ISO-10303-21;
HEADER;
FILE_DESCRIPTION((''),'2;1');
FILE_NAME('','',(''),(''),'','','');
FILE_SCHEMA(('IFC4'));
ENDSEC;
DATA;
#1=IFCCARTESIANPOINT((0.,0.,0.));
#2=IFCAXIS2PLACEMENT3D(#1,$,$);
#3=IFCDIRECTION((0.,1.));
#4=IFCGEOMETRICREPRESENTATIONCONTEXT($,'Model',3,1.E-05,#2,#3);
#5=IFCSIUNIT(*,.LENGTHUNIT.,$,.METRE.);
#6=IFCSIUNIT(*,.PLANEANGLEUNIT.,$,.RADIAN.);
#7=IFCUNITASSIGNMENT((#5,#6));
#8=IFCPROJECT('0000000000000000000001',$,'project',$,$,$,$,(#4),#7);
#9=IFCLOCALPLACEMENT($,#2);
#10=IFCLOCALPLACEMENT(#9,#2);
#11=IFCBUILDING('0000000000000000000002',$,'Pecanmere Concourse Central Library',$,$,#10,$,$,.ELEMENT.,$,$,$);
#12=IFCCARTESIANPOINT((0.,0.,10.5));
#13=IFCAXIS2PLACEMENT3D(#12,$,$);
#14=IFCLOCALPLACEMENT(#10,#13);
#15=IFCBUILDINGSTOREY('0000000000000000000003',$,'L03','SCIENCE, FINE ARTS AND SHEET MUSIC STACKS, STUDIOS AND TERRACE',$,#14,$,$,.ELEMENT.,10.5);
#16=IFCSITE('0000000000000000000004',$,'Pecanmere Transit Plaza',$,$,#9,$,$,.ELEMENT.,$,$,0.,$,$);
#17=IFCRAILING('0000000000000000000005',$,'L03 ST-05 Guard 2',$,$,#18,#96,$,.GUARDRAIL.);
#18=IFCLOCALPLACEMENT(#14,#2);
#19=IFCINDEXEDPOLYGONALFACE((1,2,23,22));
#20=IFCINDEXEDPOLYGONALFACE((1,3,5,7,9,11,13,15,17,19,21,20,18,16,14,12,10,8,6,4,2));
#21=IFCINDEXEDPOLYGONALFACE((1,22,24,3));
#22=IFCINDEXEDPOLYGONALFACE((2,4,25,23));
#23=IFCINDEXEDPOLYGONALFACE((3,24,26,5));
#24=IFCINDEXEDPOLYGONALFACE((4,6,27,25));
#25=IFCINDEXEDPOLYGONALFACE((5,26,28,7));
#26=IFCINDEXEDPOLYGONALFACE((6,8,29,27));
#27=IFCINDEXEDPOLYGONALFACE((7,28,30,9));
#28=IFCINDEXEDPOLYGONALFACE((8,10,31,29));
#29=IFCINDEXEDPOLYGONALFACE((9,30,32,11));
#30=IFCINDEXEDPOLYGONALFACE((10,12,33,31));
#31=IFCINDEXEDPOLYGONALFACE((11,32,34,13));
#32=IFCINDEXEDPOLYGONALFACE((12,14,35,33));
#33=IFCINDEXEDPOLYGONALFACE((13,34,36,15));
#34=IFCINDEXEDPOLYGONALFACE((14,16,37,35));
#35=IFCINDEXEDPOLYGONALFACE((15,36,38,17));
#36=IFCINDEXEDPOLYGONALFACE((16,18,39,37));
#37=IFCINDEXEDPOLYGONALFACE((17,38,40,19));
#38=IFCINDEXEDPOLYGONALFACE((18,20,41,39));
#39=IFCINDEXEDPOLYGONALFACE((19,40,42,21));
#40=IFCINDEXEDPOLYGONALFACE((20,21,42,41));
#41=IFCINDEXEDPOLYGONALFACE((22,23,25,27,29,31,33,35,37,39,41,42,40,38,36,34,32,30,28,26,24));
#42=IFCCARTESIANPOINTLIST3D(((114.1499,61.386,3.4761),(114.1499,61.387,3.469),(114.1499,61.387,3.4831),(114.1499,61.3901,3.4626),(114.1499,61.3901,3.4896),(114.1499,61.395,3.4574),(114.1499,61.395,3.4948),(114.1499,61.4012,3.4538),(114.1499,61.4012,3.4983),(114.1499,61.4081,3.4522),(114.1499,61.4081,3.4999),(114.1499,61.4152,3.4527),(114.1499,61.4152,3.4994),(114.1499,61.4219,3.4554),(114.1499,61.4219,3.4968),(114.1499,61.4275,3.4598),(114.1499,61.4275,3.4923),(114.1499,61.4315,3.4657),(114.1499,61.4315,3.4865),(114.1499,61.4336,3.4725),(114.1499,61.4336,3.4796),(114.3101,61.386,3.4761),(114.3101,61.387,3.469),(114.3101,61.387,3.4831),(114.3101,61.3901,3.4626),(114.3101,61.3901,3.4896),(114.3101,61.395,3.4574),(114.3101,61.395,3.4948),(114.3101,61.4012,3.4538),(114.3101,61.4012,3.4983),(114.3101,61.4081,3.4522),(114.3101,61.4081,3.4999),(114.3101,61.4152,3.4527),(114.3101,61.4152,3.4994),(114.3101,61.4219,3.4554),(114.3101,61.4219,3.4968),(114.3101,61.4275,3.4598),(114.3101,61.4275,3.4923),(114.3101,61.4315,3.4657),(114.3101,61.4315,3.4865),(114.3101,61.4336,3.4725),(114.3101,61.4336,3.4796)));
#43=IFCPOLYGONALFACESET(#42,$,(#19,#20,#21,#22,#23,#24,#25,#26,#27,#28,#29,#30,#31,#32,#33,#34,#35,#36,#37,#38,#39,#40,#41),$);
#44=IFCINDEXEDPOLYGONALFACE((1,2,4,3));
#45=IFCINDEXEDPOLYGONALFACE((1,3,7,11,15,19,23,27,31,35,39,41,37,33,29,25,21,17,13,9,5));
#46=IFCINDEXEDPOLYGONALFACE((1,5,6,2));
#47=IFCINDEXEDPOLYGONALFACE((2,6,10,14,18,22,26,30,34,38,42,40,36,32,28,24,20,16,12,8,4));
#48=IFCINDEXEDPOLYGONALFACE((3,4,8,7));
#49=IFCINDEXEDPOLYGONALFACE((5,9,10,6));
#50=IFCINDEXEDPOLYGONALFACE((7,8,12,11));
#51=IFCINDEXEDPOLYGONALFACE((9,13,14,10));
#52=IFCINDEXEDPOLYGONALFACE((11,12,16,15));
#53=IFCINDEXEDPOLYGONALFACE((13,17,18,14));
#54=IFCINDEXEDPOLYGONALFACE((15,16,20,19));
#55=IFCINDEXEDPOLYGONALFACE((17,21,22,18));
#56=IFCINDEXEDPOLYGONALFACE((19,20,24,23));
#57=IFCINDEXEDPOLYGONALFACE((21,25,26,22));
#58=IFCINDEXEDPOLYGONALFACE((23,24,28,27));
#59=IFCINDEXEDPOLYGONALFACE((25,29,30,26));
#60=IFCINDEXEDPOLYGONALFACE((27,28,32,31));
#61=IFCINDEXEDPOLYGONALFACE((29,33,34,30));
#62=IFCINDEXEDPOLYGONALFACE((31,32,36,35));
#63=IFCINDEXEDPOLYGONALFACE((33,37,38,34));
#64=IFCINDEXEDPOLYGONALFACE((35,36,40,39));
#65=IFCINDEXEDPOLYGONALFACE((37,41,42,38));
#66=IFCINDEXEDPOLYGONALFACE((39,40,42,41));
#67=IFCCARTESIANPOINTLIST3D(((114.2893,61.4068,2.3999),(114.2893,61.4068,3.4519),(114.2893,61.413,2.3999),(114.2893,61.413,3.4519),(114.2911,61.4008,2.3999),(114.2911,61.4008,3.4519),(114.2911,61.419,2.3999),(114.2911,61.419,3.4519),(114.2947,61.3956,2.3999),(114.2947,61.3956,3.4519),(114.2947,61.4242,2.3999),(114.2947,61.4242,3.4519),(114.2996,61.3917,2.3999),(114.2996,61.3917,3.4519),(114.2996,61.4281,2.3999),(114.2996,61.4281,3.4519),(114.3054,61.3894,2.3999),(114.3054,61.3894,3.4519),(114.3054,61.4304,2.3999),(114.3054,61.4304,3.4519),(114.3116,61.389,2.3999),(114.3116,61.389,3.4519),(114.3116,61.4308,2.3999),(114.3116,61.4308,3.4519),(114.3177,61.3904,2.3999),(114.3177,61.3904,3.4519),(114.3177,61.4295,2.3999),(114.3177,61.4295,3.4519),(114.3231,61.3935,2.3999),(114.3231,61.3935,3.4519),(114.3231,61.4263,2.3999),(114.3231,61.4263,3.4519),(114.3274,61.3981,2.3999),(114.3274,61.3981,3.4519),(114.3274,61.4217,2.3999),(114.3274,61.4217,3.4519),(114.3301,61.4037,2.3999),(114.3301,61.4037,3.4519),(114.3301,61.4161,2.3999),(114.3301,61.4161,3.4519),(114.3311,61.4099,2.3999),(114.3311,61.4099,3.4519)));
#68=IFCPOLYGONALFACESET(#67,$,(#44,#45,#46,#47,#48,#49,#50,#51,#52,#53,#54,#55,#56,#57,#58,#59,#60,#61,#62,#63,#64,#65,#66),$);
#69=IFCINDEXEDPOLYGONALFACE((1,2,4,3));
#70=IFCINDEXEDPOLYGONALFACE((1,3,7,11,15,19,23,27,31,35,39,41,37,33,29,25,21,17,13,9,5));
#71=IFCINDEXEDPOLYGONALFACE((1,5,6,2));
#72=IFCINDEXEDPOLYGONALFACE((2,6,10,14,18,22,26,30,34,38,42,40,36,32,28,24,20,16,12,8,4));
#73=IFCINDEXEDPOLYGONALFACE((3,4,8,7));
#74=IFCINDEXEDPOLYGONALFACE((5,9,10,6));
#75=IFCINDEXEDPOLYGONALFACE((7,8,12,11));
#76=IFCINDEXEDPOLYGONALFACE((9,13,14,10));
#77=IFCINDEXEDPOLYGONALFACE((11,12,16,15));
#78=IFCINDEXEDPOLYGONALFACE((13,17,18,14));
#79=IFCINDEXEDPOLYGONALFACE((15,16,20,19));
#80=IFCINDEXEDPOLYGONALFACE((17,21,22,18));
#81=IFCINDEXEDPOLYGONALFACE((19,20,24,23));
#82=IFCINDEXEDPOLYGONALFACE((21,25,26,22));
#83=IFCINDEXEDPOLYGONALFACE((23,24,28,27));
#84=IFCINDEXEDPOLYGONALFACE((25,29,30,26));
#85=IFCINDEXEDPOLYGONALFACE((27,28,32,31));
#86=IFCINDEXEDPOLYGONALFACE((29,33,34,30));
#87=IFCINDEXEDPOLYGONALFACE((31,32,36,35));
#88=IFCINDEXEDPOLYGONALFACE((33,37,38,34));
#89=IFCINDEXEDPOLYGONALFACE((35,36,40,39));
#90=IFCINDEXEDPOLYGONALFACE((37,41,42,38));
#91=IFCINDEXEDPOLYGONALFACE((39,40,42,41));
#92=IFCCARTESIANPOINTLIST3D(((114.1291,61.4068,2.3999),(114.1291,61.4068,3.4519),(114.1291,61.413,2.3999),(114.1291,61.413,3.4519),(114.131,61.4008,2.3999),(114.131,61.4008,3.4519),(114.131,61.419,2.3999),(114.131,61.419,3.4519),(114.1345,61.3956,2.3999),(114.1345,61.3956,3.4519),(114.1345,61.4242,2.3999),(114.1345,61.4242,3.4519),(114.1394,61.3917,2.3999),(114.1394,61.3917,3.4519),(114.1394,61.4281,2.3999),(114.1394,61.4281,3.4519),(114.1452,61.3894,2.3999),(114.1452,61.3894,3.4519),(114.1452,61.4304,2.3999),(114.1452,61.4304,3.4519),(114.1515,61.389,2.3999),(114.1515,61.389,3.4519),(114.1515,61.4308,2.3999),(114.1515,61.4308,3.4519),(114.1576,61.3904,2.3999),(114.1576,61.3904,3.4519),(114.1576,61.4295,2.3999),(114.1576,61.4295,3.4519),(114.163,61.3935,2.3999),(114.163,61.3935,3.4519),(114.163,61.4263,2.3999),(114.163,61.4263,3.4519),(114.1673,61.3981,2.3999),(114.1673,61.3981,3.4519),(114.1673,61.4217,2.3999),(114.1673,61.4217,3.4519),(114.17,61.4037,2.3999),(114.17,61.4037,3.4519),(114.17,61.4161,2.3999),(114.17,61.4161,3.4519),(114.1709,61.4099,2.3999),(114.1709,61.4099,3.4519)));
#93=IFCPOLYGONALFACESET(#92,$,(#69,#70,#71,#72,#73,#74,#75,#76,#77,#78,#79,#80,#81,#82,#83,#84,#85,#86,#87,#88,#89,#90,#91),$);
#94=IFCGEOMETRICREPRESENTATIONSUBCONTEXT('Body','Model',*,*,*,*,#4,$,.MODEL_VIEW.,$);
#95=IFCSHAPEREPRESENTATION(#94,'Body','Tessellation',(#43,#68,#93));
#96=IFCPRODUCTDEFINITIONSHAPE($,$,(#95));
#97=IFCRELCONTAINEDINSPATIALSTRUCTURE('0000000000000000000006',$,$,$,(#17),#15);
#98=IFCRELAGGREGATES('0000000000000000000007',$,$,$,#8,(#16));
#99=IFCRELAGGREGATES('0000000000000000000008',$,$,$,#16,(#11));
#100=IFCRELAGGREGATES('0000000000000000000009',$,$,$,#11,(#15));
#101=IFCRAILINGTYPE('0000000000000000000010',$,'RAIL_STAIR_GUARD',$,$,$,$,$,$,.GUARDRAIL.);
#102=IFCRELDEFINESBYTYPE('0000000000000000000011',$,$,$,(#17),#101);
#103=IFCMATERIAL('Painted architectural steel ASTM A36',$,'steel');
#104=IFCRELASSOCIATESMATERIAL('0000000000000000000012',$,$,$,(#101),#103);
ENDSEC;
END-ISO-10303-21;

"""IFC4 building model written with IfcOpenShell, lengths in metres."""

from ifc_helpers import new_model, si_unit, direction, frame, origin, origin_2d, place, context, subcontext, project, spatial, circle, extrude, material, type_object, element, save


model = new_model("IFC4")

# Units and contexts
model_context = context("Model", 3, precision=1e-05, world=origin(), true_north=direction((0.0, 1.0)))
body_context = subcontext(model_context, "Body", "Model", "MODEL_VIEW")
ifc_project = project(units=[si_unit("LENGTHUNIT", "METRE"), si_unit("PLANEANGLEUNIT", "RADIAN")], contexts=[model_context])

# Site, building, storey
site_placement = place(None, origin())
site = spatial("IfcSite", under=ifc_project, at=site_placement, Name="Pecanmere Transit Plaza", CompositionType="ELEMENT", RefElevation=0.0)
building_placement = place(site_placement, origin())
building = spatial("IfcBuilding", under=site, at=building_placement, Name="Pecanmere Concourse Central Library", CompositionType="ELEMENT")
storey_placement = place(building_placement, frame((0.0, 0.0, 10.5)))
storey = spatial("IfcBuildingStorey", under=building, at=storey_placement, Name="L03", Description="SCIENCE, FINE ARTS AND SHEET MUSIC STACKS, STUDIOS AND TERRACE", CompositionType="ELEMENT", Elevation=10.5)

# Railing
ifc_material_1 = material(Name="Painted architectural steel ASTM A36", Category="steel")
railing_type_1 = type_object("IfcRailingType", Name="RAIL_STAIR_GUARD", PredefinedType="GUARDRAIL", material=ifc_material_1)
railing_1_placement = place(storey_placement, frame((114.3101, 61.4099, 2.3999)))
element("IfcRailing", 1, at=railing_1_placement, inside=storey, type_object=railing_type_1, Name="L03 ST-05 Guard 2", PredefinedType="GUARDRAIL", context=body_context, shape_type="SweptSolid", body=[
    extrude(circle(Radius=0.0239, at=origin_2d()), frame((0.0, 0.0, 1.0762), z_axis=(-1.0, 0.0, 0.0), x_axis=(0.0, -1.0, 0.0)), (0.0, 0.0, 1.0), 0.1602),
    extrude(circle(Radius=0.021, at=origin_2d()), origin(), (0.0, 0.0, 1.0), 1.052),
    extrude(circle(Radius=0.021, at=origin_2d()), frame((-0.1602, 0.0, 0.0)), (0.0, 0.0, 1.0), 1.052),
])

save(model, "model.ifc")
